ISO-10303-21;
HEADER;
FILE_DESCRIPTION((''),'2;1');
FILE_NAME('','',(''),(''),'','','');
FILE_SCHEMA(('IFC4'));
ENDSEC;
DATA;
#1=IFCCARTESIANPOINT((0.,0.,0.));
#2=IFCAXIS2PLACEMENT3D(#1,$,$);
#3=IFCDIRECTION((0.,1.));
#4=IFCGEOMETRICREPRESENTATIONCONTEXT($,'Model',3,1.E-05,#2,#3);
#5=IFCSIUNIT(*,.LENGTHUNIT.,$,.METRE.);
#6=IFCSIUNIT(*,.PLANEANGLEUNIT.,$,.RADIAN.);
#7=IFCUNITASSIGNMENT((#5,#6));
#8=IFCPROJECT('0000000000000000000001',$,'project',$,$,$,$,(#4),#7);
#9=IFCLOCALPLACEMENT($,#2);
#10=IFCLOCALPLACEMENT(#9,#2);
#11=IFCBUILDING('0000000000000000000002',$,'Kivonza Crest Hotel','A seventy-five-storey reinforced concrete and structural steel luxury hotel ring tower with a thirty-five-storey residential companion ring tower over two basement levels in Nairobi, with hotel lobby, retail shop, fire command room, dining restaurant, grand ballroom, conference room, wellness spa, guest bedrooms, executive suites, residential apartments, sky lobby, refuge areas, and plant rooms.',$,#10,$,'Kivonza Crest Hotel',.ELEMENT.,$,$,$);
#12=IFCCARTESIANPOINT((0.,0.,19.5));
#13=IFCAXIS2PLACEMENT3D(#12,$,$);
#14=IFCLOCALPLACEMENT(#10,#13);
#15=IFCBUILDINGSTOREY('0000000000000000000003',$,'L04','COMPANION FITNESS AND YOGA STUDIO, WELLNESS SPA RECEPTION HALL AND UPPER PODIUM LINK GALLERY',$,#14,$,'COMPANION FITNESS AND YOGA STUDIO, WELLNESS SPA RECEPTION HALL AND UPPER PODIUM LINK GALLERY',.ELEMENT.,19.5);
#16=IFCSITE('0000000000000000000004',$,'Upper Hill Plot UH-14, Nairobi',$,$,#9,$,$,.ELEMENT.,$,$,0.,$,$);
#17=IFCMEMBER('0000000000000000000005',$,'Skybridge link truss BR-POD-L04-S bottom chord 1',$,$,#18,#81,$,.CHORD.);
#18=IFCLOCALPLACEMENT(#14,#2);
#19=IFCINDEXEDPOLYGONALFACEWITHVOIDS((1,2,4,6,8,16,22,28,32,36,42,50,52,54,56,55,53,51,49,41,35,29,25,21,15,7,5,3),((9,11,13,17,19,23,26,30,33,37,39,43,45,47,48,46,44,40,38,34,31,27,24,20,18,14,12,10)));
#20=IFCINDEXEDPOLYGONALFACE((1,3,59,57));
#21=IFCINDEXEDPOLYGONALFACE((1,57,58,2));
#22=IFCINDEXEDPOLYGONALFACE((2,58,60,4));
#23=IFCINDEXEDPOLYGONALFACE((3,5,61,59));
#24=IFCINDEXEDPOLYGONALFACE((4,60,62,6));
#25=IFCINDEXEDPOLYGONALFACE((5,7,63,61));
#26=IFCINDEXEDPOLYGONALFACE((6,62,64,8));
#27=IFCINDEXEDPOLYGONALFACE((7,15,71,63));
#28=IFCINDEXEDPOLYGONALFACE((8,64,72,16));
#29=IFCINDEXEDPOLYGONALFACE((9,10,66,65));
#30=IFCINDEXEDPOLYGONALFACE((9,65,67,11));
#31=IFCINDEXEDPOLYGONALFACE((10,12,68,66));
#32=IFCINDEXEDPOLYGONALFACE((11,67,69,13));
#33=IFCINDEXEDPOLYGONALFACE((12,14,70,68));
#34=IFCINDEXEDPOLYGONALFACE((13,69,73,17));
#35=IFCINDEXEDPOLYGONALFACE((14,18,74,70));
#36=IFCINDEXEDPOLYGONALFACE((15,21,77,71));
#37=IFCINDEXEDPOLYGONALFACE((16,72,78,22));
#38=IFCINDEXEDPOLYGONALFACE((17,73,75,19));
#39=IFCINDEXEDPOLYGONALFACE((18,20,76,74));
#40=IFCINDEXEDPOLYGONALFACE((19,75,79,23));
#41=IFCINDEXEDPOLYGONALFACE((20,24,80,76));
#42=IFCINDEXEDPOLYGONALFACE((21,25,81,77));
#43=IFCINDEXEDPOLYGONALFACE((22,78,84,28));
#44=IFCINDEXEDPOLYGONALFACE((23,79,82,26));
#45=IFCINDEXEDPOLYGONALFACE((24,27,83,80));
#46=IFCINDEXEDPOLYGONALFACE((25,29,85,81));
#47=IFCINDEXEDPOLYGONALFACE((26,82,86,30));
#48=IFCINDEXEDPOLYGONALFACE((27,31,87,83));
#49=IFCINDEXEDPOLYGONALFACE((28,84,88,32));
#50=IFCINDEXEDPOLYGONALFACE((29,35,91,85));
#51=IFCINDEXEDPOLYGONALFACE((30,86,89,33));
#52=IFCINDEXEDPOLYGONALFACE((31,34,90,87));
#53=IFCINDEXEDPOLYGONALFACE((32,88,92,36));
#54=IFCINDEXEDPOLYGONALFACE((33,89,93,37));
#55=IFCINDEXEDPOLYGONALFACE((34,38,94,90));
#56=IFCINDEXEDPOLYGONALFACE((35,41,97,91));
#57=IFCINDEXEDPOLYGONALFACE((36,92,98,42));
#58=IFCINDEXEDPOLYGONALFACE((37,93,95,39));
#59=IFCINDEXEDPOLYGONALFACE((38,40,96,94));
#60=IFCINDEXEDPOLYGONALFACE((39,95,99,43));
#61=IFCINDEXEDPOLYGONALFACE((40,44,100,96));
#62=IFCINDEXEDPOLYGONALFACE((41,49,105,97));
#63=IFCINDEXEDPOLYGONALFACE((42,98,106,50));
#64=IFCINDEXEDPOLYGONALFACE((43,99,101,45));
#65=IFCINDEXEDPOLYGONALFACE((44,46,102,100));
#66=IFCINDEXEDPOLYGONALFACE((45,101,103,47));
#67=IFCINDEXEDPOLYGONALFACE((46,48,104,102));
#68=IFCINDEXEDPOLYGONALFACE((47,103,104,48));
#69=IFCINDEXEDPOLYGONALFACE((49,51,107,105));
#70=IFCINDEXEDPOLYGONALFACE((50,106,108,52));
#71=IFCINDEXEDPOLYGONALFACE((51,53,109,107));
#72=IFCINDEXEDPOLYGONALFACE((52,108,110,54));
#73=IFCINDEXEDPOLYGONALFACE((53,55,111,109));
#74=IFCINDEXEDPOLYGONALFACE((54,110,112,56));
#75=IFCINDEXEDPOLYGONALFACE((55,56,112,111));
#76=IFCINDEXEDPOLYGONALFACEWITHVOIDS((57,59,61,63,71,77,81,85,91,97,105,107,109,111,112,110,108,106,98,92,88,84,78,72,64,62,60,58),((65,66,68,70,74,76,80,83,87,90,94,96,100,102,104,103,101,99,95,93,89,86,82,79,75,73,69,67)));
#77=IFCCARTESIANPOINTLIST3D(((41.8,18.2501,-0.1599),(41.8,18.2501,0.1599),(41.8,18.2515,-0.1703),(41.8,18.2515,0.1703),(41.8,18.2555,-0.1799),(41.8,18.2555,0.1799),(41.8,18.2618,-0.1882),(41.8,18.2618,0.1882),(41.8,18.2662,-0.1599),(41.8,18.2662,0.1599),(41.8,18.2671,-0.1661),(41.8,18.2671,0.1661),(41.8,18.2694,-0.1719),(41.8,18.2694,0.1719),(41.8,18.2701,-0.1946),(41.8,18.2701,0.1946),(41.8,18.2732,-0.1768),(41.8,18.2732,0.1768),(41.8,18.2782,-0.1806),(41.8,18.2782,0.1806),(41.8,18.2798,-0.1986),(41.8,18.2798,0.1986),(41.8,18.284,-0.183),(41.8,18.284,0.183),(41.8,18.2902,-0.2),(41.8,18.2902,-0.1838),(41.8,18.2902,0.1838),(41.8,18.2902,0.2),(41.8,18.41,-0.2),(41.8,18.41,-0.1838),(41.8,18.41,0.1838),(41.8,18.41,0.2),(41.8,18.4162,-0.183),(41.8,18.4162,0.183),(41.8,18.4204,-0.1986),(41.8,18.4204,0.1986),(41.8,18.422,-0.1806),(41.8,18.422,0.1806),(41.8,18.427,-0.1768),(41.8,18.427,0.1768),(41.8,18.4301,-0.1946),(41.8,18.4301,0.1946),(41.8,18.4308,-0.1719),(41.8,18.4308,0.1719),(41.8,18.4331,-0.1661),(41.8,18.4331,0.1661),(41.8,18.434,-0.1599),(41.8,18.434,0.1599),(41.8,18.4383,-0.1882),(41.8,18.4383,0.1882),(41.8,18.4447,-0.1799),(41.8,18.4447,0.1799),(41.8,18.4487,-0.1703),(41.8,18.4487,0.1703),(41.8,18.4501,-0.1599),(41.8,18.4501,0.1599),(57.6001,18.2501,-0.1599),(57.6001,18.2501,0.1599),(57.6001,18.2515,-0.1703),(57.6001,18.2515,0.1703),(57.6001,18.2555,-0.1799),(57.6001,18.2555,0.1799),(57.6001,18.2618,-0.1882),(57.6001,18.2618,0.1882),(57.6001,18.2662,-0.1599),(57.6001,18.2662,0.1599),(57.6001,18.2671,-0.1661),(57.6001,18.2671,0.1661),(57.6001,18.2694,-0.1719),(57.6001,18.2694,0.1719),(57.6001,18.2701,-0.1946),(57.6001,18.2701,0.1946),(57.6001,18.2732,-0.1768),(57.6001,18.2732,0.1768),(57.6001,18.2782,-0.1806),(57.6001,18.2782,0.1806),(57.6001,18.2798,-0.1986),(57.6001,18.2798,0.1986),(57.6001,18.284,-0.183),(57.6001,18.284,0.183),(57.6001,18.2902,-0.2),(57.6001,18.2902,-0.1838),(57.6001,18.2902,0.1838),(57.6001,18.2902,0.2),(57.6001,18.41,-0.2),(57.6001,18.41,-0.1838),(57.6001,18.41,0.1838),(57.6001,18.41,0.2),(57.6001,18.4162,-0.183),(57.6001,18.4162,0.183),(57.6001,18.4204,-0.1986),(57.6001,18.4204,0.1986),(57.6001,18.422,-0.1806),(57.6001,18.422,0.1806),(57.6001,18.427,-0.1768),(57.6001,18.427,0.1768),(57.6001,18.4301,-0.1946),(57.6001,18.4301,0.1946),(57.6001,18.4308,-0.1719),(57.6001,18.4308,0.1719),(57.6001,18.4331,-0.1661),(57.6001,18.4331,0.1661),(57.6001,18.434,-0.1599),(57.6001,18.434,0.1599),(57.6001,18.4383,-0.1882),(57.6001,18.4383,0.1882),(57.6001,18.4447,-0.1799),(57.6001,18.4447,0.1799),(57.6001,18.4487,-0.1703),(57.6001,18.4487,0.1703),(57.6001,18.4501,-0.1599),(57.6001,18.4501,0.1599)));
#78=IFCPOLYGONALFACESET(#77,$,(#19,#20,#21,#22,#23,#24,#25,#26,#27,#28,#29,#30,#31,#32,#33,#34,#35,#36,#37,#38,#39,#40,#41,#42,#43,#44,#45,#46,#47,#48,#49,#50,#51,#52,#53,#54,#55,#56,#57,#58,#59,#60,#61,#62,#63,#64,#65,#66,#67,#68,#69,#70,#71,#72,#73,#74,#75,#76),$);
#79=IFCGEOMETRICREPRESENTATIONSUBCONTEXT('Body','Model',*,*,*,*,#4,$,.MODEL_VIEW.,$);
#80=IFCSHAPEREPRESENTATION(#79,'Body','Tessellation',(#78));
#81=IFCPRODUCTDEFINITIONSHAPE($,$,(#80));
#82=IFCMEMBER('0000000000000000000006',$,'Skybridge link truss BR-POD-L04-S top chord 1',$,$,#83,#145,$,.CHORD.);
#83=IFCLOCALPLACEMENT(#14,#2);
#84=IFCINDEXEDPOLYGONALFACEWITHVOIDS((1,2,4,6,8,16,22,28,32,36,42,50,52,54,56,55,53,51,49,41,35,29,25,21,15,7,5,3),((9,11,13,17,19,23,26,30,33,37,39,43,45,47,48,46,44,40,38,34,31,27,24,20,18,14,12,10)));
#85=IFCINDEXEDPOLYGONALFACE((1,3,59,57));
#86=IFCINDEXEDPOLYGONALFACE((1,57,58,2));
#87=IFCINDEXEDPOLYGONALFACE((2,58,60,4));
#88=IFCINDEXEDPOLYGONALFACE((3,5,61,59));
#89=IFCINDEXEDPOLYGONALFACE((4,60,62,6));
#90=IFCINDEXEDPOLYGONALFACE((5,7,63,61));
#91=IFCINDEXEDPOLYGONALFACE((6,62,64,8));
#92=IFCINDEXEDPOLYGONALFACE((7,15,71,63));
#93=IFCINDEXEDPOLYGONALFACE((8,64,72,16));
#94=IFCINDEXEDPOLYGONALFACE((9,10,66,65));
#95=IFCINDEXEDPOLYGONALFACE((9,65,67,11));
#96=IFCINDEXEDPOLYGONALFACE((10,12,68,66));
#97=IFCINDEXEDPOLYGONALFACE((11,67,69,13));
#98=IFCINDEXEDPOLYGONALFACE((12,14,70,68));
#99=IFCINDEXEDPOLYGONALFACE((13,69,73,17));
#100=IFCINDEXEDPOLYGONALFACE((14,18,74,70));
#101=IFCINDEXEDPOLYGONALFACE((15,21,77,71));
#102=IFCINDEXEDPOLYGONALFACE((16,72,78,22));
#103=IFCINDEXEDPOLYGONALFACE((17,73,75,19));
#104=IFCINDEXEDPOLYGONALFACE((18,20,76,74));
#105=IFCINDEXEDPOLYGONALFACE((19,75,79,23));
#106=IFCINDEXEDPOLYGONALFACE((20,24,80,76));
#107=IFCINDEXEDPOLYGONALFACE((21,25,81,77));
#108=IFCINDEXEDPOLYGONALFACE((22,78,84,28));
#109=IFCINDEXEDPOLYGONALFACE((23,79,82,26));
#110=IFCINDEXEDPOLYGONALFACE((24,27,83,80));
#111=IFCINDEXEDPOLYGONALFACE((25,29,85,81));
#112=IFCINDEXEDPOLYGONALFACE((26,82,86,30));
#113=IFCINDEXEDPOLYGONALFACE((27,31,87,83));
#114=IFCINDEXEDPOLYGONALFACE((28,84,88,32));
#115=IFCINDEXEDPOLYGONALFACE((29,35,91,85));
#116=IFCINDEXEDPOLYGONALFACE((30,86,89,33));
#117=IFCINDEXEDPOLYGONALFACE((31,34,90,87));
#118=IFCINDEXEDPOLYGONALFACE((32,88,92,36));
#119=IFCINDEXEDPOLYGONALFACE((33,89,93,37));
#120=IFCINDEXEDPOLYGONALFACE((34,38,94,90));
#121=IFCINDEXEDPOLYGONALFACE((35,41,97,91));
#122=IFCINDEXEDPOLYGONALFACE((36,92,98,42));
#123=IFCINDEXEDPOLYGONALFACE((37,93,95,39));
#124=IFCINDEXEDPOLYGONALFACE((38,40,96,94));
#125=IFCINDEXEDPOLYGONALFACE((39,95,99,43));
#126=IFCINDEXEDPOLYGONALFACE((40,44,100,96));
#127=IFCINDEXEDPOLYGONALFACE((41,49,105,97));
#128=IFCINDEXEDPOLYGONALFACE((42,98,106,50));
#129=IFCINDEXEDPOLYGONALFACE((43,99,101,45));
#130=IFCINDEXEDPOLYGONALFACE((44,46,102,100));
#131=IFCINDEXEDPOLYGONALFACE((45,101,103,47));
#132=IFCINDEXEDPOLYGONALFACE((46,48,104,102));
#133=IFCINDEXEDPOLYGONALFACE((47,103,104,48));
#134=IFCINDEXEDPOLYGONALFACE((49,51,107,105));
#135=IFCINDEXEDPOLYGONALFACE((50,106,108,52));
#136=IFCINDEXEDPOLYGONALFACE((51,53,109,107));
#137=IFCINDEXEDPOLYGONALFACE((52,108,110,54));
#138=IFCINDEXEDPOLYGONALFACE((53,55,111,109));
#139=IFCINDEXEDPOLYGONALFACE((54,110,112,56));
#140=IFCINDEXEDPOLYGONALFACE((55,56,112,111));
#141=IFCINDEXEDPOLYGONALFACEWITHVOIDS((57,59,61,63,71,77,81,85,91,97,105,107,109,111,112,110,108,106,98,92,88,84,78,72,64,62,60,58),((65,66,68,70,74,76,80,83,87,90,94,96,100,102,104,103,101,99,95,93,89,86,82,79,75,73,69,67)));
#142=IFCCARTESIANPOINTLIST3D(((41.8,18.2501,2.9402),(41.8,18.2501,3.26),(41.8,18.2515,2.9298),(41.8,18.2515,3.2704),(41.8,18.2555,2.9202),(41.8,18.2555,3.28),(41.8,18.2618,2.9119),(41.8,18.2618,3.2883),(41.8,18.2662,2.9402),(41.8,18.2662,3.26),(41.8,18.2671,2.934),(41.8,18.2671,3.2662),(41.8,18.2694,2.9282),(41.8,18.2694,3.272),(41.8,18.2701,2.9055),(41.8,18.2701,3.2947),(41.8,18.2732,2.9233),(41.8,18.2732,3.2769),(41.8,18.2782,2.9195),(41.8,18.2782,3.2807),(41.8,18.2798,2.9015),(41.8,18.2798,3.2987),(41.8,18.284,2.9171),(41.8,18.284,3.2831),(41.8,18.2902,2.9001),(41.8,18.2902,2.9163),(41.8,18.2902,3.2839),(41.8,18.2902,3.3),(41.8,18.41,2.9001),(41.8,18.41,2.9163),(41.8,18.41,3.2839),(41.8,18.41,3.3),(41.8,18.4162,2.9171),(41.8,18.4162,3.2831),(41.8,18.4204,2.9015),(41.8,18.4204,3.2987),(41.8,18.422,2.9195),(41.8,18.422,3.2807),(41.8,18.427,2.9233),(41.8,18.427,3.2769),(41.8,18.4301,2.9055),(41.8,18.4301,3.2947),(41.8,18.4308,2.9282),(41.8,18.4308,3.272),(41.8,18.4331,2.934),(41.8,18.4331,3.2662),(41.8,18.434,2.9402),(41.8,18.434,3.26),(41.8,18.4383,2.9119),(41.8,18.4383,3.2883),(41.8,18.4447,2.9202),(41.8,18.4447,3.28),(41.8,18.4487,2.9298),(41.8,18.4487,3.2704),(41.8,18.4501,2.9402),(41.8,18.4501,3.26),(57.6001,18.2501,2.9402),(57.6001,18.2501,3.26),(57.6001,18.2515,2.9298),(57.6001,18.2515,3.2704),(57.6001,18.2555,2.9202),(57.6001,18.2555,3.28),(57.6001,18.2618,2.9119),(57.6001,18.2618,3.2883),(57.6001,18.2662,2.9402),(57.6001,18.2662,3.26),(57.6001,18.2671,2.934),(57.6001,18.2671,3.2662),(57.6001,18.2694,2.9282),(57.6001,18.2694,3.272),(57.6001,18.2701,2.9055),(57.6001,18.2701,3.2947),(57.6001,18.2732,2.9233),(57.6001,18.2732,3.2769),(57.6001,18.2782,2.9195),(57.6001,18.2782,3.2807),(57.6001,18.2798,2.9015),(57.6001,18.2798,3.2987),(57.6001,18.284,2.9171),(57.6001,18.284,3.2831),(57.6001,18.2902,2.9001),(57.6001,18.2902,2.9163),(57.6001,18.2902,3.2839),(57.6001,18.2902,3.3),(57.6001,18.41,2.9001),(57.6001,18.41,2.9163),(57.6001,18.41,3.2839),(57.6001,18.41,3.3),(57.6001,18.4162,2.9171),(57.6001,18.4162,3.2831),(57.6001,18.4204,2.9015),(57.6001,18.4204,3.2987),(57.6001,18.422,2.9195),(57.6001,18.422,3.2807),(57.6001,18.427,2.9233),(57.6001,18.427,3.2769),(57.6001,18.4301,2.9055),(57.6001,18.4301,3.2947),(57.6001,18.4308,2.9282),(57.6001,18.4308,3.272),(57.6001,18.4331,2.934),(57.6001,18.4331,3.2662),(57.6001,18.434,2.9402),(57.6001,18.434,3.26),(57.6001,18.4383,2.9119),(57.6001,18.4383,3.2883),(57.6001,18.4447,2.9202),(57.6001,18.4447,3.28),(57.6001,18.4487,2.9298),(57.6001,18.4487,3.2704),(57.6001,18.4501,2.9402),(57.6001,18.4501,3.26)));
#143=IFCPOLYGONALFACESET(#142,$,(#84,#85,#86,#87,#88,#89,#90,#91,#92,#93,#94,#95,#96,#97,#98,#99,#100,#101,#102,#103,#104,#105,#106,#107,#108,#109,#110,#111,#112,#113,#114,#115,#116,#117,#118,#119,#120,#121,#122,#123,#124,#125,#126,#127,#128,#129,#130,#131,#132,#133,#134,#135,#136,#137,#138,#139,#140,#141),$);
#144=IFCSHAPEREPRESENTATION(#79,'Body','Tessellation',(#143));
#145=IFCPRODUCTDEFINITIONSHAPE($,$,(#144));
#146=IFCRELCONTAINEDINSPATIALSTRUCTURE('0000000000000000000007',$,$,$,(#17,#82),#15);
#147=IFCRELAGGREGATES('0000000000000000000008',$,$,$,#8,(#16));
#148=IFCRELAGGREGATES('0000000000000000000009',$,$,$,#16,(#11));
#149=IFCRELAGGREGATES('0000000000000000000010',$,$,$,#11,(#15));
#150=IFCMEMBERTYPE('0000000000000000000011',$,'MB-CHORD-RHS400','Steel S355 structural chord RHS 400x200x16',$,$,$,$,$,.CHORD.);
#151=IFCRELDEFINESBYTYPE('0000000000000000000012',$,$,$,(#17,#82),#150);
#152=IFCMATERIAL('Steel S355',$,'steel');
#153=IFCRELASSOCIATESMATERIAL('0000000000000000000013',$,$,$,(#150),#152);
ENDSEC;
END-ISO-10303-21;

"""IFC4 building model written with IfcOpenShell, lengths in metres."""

from ifc_helpers import new_model, si_unit, direction, frame, origin, origin_2d, place, context, subcontext, project, spatial, hollow_rectangle, extrude, material, material_profile, profile_set, type_object, element, save


model = new_model("IFC4")

# Units and contexts
model_context = context("Model", 3, precision=1e-05, world=origin(), true_north=direction((0.0, 1.0)))
body_context = subcontext(model_context, "Body", "Model", "MODEL_VIEW")
ifc_project = project(units=[si_unit("LENGTHUNIT", "METRE"), si_unit("PLANEANGLEUNIT", "RADIAN")], contexts=[model_context])

# Site, building, storey
site_placement = place(None, origin())
site = spatial("IfcSite", under=ifc_project, at=site_placement, Name="Upper Hill Plot UH-14, Nairobi", CompositionType="ELEMENT", RefElevation=0.0)
building_placement = place(site_placement, origin())
building = spatial("IfcBuilding", under=site, at=building_placement, Name="Kivonza Crest Hotel", Description="A seventy-five-storey reinforced concrete and structural steel luxury hotel ring tower with a thirty-five-storey residential companion ring tower over two basement levels in Nairobi, with hotel lobby, retail shop, fire command room, dining restaurant, grand ballroom, conference room, wellness spa, guest bedrooms, executive suites, residential apartments, sky lobby, refuge areas, and plant rooms.", LongName="Kivonza Crest Hotel", CompositionType="ELEMENT")
storey_placement = place(building_placement, frame((0.0, 0.0, 19.5)))
storey = spatial("IfcBuildingStorey", under=building, at=storey_placement, Name="L04", Description="COMPANION FITNESS AND YOGA STUDIO, WELLNESS SPA RECEPTION HALL AND UPPER PODIUM LINK GALLERY", LongName="COMPANION FITNESS AND YOGA STUDIO, WELLNESS SPA RECEPTION HALL AND UPPER PODIUM LINK GALLERY", CompositionType="ELEMENT", Elevation=19.5)

# Shared definitions
ifc_material_1 = material(Name="Steel S355", Category="steel")

# Members
ifc_material_profile_1 = material_profile(ifc_material_1, hollow_rectangle(XDim=0.2, YDim=0.3999, WallThickness=0.0161, InnerFilletRadius=0.0239, OuterFilletRadius=0.04, at=origin_2d()), Name="RHS 400x200x16")
ifc_profile_set_1 = profile_set([ifc_material_profile_1], Name="Steel S355")
member_type_1 = type_object("IfcMemberType", Name="MB-CHORD-RHS400", Description="Steel S355 structural chord RHS 400x200x16", PredefinedType="CHORD", material=ifc_profile_set_1)
for number, where, z_axis, x_axis, name in (
    (1, (41.8, 18.3501, 0.0), (1.0, 0.0, 0.0), (0.0, 1.0, 0.0), "Skybridge link truss BR-POD-L04-S bottom chord 1"),
    (2, (41.8, 18.3501, 3.1001), (1.0, 0.0, 0.0), (0.0, 1.0, 0.0), "Skybridge link truss BR-POD-L04-S top chord 1"),
):
    element("IfcMember", number, at=place(storey_placement, frame(where, z_axis=z_axis, x_axis=x_axis)), inside=storey, type_object=member_type_1, Name=name, PredefinedType="CHORD", context=body_context, shape_type="SweptSolid", body=[
        extrude(hollow_rectangle(XDim=0.2, YDim=0.3999, WallThickness=0.0161, InnerFilletRadius=0.0239, OuterFilletRadius=0.04, at=origin_2d()), origin(), (0.0, 0.0, 1.0), 15.8),
    ])

save(model, "model.ifc")
